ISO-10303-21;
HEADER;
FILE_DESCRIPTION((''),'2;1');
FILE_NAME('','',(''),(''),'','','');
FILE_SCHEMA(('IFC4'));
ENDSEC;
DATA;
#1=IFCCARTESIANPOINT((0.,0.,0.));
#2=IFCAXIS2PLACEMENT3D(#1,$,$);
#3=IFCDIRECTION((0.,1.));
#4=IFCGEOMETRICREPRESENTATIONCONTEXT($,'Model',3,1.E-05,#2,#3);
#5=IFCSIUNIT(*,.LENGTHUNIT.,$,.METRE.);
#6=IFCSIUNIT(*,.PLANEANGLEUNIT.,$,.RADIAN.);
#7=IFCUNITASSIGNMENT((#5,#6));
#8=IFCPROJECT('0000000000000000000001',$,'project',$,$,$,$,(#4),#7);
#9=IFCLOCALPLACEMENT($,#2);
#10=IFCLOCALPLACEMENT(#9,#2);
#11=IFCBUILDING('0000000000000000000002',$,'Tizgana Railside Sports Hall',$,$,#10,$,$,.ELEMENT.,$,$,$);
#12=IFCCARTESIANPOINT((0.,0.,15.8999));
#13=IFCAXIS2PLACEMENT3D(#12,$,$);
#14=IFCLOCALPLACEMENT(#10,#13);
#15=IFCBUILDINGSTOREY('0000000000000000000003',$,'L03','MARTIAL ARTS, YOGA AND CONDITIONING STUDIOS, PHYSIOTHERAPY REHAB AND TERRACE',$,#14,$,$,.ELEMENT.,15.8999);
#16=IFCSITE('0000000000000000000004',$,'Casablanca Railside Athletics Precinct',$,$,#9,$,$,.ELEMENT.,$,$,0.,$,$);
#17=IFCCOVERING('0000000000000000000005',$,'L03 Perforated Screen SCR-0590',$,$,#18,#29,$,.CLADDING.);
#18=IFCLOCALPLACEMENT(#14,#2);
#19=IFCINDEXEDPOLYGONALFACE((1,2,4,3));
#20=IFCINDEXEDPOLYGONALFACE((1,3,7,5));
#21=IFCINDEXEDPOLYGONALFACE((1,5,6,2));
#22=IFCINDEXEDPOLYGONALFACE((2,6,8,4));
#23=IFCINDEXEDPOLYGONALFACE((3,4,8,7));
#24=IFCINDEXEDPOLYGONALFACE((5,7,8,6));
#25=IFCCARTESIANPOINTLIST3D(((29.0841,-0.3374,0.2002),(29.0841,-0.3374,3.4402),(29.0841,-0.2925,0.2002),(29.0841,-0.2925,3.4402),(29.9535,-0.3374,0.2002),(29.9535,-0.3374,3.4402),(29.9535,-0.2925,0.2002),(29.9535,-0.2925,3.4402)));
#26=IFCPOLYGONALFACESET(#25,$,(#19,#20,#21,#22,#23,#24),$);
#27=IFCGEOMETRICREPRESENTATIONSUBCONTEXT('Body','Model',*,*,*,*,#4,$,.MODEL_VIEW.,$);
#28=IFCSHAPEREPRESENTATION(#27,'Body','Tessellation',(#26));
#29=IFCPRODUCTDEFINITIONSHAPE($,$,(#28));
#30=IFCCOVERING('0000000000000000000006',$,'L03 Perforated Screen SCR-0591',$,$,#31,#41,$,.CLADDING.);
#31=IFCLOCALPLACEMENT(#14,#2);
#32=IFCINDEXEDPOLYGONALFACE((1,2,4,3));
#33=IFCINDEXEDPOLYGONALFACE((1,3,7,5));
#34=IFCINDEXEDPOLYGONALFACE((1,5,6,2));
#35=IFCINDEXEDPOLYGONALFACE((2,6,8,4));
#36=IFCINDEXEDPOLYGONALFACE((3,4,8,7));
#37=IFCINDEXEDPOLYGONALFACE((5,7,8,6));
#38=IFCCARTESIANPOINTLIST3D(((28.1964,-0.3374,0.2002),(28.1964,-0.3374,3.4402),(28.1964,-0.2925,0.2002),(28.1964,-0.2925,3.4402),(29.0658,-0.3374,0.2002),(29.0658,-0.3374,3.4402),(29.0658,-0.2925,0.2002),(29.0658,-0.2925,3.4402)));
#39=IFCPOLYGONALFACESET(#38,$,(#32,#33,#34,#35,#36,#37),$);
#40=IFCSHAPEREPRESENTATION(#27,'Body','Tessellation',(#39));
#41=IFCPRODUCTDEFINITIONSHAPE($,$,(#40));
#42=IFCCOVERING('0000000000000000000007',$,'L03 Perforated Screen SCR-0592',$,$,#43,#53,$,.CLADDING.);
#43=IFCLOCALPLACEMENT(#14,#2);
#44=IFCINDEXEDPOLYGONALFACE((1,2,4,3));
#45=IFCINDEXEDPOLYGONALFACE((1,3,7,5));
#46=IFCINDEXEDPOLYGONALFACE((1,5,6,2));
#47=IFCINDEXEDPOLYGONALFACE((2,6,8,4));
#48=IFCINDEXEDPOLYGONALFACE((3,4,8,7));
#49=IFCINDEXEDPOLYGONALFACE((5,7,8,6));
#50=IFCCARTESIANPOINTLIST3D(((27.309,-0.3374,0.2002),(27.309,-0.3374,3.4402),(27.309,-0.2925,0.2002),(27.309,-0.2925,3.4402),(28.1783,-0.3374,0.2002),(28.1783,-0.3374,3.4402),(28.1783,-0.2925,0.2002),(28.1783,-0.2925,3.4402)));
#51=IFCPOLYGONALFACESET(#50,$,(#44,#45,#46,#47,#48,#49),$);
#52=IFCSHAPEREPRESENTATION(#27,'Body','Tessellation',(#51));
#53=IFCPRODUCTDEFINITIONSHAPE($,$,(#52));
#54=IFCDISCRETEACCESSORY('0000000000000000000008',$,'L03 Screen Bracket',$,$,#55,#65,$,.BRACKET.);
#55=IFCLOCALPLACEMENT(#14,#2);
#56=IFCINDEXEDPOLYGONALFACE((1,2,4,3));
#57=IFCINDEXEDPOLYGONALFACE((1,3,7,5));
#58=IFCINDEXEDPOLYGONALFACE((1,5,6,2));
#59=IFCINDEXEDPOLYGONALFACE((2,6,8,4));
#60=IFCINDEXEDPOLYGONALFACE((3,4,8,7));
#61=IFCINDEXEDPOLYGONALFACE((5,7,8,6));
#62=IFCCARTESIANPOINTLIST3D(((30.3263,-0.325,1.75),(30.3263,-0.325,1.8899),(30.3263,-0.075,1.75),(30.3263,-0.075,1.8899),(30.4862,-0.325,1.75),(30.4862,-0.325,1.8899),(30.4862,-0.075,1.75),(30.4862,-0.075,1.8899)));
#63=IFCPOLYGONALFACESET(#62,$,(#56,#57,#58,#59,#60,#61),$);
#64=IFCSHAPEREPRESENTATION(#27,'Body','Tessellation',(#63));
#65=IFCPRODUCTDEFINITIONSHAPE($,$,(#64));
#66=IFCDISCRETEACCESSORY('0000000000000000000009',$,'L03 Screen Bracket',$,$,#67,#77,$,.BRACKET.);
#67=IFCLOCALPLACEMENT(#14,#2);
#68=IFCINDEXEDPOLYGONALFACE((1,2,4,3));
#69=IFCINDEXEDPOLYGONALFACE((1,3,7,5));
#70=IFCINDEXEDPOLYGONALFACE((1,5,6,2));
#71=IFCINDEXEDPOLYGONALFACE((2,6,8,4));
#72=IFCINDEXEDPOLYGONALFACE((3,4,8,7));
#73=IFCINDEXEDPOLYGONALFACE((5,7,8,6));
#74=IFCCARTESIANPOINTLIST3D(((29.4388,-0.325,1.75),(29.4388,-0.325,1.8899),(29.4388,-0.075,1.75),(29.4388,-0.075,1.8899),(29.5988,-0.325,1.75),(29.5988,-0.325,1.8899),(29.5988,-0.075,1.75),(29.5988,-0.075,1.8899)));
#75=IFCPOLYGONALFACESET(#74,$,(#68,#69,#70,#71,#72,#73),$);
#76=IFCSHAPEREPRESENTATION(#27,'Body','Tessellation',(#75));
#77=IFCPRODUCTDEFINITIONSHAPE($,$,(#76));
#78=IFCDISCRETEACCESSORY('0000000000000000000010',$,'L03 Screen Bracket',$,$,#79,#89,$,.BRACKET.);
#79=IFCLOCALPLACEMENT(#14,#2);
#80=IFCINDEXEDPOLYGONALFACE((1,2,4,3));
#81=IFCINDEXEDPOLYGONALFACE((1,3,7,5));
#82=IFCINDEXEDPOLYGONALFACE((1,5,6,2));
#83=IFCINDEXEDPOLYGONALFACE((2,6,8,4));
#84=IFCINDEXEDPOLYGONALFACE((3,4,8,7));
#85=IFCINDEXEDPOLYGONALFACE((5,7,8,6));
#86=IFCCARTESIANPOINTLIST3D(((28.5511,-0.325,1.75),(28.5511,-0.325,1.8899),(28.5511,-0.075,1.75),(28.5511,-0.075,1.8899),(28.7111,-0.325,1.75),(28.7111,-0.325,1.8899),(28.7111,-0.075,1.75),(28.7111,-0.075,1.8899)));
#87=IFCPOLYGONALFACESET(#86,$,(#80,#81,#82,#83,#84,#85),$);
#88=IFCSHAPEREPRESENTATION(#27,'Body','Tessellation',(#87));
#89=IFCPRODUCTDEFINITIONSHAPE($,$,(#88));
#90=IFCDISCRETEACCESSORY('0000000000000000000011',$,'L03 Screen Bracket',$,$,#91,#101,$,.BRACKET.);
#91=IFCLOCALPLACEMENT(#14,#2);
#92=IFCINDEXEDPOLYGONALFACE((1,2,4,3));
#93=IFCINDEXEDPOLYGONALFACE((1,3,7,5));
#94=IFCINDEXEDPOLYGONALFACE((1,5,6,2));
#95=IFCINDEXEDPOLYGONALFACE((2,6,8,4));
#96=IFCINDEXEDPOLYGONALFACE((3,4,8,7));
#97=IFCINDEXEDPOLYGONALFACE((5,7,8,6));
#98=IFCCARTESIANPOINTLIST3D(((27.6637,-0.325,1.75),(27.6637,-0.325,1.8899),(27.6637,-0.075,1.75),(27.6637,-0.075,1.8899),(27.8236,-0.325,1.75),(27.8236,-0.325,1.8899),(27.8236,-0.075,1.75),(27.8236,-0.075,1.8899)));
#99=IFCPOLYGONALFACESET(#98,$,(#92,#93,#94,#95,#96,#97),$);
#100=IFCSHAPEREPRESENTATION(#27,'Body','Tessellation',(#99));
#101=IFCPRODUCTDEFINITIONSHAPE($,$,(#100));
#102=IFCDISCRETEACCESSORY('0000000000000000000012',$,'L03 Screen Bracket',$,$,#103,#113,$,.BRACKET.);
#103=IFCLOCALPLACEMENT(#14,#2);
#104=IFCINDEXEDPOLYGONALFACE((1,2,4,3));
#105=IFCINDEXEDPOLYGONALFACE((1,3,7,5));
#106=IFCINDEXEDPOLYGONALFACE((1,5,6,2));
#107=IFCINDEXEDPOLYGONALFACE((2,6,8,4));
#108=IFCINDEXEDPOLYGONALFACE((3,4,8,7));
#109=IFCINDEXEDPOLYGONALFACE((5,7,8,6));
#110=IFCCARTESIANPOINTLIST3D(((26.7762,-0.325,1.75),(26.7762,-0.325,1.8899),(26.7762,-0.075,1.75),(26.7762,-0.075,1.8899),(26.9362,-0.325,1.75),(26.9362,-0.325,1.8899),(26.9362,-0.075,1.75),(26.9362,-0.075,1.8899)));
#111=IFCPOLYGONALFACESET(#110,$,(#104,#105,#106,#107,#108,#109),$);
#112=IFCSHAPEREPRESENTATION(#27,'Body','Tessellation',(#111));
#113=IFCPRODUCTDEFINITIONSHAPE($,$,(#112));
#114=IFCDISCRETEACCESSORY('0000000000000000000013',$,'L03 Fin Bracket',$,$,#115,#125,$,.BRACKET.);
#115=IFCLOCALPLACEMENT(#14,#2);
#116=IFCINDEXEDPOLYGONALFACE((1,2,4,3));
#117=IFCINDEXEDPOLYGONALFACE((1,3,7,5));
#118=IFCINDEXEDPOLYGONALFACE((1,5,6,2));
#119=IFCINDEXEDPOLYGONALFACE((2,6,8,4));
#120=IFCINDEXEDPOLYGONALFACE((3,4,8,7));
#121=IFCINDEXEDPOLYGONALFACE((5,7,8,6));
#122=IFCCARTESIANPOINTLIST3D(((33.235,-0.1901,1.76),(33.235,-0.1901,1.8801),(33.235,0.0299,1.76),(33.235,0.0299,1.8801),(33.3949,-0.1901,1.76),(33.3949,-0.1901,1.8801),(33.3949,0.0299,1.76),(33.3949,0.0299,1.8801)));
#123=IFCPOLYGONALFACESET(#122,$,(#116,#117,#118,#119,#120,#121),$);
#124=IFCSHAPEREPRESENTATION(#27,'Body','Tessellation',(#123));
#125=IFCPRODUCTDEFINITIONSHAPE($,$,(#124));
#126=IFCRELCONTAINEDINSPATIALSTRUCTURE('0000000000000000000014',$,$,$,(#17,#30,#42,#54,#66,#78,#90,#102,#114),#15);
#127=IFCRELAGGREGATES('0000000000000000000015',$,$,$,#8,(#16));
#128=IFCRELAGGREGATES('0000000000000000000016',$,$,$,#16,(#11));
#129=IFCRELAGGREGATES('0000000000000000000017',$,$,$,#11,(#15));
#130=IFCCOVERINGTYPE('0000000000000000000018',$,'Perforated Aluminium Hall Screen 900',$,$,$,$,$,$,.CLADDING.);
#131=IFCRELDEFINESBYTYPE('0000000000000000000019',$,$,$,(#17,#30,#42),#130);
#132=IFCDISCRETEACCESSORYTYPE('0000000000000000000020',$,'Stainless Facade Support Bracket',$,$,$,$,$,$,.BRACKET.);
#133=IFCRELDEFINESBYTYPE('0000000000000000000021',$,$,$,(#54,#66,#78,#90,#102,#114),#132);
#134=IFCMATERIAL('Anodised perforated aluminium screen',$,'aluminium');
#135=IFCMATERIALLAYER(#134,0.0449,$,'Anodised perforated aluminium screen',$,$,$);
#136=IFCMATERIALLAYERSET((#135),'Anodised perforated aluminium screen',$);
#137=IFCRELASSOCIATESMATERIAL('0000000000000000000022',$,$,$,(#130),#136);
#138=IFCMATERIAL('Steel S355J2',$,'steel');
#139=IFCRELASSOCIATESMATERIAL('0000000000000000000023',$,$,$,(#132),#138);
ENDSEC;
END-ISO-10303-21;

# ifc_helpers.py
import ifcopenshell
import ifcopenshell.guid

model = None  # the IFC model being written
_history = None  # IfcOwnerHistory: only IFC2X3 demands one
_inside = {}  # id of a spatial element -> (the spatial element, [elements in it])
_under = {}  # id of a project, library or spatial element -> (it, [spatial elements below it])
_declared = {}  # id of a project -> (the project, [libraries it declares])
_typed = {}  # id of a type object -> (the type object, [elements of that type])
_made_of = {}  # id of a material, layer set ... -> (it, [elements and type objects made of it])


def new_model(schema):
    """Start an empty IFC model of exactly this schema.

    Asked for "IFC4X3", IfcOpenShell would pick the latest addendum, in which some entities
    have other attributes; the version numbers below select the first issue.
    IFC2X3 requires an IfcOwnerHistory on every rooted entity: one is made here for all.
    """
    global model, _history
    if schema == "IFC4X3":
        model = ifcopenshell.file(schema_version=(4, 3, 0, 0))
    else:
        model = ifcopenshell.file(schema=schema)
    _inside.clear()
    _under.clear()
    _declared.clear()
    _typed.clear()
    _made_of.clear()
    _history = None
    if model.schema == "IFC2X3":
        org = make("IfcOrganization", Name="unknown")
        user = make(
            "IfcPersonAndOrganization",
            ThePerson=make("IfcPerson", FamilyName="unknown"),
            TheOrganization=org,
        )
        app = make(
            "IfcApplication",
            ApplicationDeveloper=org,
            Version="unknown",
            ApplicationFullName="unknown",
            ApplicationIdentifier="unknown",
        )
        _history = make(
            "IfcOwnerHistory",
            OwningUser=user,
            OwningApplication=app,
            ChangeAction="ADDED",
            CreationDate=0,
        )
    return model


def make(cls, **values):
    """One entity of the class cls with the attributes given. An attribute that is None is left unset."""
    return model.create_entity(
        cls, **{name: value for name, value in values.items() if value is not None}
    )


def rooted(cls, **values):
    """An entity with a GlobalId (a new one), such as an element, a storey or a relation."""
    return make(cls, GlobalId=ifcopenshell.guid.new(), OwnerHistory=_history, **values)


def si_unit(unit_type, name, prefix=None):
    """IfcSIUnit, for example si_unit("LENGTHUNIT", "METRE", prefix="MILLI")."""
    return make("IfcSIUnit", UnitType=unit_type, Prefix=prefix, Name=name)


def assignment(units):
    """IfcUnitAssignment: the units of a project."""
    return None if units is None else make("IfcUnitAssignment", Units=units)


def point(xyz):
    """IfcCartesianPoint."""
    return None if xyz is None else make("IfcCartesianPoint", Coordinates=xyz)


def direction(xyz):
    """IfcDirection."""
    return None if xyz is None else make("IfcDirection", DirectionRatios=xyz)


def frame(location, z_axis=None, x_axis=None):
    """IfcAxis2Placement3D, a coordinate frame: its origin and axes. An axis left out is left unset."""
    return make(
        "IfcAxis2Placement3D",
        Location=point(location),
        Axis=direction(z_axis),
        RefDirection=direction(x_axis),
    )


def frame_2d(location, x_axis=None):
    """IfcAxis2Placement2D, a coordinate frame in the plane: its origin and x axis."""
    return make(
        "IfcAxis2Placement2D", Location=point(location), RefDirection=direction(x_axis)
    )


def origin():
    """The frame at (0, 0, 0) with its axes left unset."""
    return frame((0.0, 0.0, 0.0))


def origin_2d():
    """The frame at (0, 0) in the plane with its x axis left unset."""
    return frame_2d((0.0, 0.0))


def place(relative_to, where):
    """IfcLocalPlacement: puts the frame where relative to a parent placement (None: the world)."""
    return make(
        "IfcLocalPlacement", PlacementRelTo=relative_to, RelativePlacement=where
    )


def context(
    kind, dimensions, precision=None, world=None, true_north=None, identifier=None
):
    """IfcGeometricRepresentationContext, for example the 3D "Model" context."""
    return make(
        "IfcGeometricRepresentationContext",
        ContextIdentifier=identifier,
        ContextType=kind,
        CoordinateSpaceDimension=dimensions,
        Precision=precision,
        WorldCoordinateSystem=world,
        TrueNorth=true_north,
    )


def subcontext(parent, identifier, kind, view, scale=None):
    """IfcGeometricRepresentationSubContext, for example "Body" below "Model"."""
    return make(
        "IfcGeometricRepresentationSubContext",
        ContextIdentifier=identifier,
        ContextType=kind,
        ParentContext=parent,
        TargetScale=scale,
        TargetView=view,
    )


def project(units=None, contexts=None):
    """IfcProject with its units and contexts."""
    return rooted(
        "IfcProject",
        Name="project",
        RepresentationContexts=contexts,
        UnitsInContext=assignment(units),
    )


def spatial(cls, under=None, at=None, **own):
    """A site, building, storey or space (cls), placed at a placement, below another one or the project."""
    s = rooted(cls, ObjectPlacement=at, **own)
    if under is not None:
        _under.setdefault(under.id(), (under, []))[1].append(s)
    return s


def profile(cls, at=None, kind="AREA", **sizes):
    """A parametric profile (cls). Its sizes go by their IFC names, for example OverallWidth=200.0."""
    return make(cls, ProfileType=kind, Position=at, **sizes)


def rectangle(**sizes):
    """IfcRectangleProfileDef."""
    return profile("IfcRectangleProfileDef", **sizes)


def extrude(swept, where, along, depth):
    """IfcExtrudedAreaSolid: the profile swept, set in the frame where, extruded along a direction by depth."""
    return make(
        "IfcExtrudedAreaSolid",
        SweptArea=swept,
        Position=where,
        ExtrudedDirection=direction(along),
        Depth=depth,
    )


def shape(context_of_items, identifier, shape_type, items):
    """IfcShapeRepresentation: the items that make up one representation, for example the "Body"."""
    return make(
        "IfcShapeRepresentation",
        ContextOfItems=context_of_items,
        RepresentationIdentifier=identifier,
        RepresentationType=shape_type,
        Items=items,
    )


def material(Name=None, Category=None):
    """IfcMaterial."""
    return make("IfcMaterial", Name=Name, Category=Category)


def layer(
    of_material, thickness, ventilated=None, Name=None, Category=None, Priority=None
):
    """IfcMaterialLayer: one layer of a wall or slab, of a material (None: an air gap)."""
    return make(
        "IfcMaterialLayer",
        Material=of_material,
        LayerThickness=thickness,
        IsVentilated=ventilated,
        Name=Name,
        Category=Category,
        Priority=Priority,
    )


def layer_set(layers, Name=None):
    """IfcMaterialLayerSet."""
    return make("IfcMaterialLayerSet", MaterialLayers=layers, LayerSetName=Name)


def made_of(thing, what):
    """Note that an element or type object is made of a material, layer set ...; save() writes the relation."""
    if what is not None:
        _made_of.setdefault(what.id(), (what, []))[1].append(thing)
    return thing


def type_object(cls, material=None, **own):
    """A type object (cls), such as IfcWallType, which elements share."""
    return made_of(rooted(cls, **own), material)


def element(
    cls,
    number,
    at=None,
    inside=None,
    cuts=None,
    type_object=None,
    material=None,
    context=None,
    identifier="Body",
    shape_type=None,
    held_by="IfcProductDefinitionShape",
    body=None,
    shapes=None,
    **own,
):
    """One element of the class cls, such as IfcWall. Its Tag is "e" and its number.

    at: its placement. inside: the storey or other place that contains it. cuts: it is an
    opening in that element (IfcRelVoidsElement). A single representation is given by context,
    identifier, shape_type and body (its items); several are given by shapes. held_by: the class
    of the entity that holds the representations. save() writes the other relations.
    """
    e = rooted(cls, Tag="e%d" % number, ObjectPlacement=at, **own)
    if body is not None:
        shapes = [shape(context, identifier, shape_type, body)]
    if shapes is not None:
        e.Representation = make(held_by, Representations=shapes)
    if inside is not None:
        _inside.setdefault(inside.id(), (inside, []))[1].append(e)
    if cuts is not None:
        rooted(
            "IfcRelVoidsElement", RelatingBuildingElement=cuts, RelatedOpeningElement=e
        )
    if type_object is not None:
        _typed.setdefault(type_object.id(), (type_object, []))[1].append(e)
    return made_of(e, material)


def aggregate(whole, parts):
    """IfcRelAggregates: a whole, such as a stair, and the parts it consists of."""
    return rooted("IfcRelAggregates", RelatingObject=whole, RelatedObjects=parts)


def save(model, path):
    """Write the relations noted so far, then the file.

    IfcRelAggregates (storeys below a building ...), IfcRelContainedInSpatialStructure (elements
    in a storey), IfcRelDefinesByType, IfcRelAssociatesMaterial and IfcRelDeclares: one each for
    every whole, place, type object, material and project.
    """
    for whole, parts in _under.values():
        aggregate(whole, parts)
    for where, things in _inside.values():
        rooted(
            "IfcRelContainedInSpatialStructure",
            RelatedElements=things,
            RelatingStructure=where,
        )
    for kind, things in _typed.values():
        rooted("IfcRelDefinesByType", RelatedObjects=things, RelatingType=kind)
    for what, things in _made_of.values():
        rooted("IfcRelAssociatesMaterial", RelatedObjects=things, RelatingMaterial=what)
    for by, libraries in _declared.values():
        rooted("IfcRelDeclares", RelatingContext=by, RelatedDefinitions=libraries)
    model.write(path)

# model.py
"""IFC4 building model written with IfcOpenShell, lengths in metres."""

from ifc_helpers import new_model, si_unit, direction, frame, origin, origin_2d, place, context, subcontext, project, spatial, rectangle, extrude, material, layer, layer_set, type_object, element, save


model = new_model("IFC4")

# Units and contexts
model_context = context("Model", 3, precision=1e-05, world=origin(), true_north=direction((0.0, 1.0)))
body_context = subcontext(model_context, "Body", "Model", "MODEL_VIEW")
ifc_project = project(units=[si_unit("LENGTHUNIT", "METRE"), si_unit("PLANEANGLEUNIT", "RADIAN")], contexts=[model_context])

# Site, building, storey
site_placement = place(None, origin())
site = spatial("IfcSite", under=ifc_project, at=site_placement, Name="Casablanca Railside Athletics Precinct", CompositionType="ELEMENT", RefElevation=0.0)
building_placement = place(site_placement, origin())
building = spatial("IfcBuilding", under=site, at=building_placement, Name="Tizgana Railside Sports Hall", CompositionType="ELEMENT")
storey_placement = place(building_placement, frame((0.0, 0.0, 15.8999)))
storey = spatial("IfcBuildingStorey", under=building, at=storey_placement, Name="L03", Description="MARTIAL ARTS, YOGA AND CONDITIONING STUDIOS, PHYSIOTHERAPY REHAB AND TERRACE", CompositionType="ELEMENT", Elevation=15.8999)

# Shared definitions
ifc_material_1 = material(Name="Steel S355J2", Category="steel")

# Coverings
ifc_material_2 = material(Name="Anodised perforated aluminium screen", Category="aluminium")
ifc_layer_1 = layer(ifc_material_2, 0.0449, Name="Anodised perforated aluminium screen")
ifc_layer_set_1 = layer_set([ifc_layer_1], Name="Anodised perforated aluminium screen")
covering_type_1 = type_object("IfcCoveringType", Name="Perforated Aluminium Hall Screen 900", PredefinedType="CLADDING", material=ifc_layer_set_1)
for number, where, z_axis, x_axis, name in (
    (1, (29.5188, -0.3149, 0.2002), (0.0, 0.0, 1.0), (-1.0, 0.0, 0.0), "L03 Perforated Screen SCR-0590"),
    (2, (28.6311, -0.3149, 0.2002), (0.0, 0.0, 1.0), (-1.0, 0.0, 0.0), "L03 Perforated Screen SCR-0591"),
    (3, (27.7437, -0.3149, 0.2002), (0.0, 0.0, 1.0), (-1.0, 0.0, 0.0), "L03 Perforated Screen SCR-0592"),
):
    element("IfcCovering", number, at=place(storey_placement, frame(where, z_axis=z_axis, x_axis=x_axis)), inside=storey, type_object=covering_type_1, Name=name, PredefinedType="CLADDING", context=body_context, shape_type="SweptSolid", body=[
        extrude(rectangle(XDim=0.8694, YDim=0.0449, at=origin_2d()), origin(), (0.0, 0.0, 1.0), 3.24),
    ])

# Discrete accessories
discrete_accessory_type = type_object("IfcDiscreteAccessoryType", Name="Stainless Facade Support Bracket", PredefinedType="BRACKET", material=ifc_material_1)
for number, where, z_axis, x_axis, name in (
    (4, (30.4062, -0.2, 1.75), (0.0, 0.0, 1.0), (-1.0, 0.0, 0.0), "L03 Screen Bracket"),
    (5, (29.5188, -0.2, 1.75), (0.0, 0.0, 1.0), (-1.0, 0.0, 0.0), "L03 Screen Bracket"),
    (6, (28.6311, -0.2, 1.75), (0.0, 0.0, 1.0), (-1.0, 0.0, 0.0), "L03 Screen Bracket"),
    (7, (27.7437, -0.2, 1.75), (0.0, 0.0, 1.0), (-1.0, 0.0, 0.0), "L03 Screen Bracket"),
    (8, (26.8562, -0.2, 1.75), (0.0, 0.0, 1.0), (-1.0, 0.0, 0.0), "L03 Screen Bracket"),
):
    element("IfcDiscreteAccessory", number, at=place(storey_placement, frame(where, z_axis=z_axis, x_axis=x_axis)), inside=storey, type_object=discrete_accessory_type, Name=name, PredefinedType="BRACKET", context=body_context, shape_type="SweptSolid", body=[
        extrude(rectangle(XDim=0.1599, YDim=0.25, at=origin_2d()), origin(), (0.0, 0.0, 1.0), 0.1399),
    ])
discrete_accessory_placement = place(storey_placement, frame((33.3149, -0.0801, 1.76), z_axis=(0.0, 0.0, 1.0), x_axis=(-1.0, 0.0, 0.0)))
element("IfcDiscreteAccessory", 9, at=discrete_accessory_placement, inside=storey, type_object=discrete_accessory_type, Name="L03 Fin Bracket", PredefinedType="BRACKET", context=body_context, shape_type="SweptSolid", body=[
    extrude(rectangle(XDim=0.1599, YDim=0.22, at=origin_2d()), origin(), (0.0, 0.0, 1.0), 0.1201),
])

save(model, "model.ifc")
